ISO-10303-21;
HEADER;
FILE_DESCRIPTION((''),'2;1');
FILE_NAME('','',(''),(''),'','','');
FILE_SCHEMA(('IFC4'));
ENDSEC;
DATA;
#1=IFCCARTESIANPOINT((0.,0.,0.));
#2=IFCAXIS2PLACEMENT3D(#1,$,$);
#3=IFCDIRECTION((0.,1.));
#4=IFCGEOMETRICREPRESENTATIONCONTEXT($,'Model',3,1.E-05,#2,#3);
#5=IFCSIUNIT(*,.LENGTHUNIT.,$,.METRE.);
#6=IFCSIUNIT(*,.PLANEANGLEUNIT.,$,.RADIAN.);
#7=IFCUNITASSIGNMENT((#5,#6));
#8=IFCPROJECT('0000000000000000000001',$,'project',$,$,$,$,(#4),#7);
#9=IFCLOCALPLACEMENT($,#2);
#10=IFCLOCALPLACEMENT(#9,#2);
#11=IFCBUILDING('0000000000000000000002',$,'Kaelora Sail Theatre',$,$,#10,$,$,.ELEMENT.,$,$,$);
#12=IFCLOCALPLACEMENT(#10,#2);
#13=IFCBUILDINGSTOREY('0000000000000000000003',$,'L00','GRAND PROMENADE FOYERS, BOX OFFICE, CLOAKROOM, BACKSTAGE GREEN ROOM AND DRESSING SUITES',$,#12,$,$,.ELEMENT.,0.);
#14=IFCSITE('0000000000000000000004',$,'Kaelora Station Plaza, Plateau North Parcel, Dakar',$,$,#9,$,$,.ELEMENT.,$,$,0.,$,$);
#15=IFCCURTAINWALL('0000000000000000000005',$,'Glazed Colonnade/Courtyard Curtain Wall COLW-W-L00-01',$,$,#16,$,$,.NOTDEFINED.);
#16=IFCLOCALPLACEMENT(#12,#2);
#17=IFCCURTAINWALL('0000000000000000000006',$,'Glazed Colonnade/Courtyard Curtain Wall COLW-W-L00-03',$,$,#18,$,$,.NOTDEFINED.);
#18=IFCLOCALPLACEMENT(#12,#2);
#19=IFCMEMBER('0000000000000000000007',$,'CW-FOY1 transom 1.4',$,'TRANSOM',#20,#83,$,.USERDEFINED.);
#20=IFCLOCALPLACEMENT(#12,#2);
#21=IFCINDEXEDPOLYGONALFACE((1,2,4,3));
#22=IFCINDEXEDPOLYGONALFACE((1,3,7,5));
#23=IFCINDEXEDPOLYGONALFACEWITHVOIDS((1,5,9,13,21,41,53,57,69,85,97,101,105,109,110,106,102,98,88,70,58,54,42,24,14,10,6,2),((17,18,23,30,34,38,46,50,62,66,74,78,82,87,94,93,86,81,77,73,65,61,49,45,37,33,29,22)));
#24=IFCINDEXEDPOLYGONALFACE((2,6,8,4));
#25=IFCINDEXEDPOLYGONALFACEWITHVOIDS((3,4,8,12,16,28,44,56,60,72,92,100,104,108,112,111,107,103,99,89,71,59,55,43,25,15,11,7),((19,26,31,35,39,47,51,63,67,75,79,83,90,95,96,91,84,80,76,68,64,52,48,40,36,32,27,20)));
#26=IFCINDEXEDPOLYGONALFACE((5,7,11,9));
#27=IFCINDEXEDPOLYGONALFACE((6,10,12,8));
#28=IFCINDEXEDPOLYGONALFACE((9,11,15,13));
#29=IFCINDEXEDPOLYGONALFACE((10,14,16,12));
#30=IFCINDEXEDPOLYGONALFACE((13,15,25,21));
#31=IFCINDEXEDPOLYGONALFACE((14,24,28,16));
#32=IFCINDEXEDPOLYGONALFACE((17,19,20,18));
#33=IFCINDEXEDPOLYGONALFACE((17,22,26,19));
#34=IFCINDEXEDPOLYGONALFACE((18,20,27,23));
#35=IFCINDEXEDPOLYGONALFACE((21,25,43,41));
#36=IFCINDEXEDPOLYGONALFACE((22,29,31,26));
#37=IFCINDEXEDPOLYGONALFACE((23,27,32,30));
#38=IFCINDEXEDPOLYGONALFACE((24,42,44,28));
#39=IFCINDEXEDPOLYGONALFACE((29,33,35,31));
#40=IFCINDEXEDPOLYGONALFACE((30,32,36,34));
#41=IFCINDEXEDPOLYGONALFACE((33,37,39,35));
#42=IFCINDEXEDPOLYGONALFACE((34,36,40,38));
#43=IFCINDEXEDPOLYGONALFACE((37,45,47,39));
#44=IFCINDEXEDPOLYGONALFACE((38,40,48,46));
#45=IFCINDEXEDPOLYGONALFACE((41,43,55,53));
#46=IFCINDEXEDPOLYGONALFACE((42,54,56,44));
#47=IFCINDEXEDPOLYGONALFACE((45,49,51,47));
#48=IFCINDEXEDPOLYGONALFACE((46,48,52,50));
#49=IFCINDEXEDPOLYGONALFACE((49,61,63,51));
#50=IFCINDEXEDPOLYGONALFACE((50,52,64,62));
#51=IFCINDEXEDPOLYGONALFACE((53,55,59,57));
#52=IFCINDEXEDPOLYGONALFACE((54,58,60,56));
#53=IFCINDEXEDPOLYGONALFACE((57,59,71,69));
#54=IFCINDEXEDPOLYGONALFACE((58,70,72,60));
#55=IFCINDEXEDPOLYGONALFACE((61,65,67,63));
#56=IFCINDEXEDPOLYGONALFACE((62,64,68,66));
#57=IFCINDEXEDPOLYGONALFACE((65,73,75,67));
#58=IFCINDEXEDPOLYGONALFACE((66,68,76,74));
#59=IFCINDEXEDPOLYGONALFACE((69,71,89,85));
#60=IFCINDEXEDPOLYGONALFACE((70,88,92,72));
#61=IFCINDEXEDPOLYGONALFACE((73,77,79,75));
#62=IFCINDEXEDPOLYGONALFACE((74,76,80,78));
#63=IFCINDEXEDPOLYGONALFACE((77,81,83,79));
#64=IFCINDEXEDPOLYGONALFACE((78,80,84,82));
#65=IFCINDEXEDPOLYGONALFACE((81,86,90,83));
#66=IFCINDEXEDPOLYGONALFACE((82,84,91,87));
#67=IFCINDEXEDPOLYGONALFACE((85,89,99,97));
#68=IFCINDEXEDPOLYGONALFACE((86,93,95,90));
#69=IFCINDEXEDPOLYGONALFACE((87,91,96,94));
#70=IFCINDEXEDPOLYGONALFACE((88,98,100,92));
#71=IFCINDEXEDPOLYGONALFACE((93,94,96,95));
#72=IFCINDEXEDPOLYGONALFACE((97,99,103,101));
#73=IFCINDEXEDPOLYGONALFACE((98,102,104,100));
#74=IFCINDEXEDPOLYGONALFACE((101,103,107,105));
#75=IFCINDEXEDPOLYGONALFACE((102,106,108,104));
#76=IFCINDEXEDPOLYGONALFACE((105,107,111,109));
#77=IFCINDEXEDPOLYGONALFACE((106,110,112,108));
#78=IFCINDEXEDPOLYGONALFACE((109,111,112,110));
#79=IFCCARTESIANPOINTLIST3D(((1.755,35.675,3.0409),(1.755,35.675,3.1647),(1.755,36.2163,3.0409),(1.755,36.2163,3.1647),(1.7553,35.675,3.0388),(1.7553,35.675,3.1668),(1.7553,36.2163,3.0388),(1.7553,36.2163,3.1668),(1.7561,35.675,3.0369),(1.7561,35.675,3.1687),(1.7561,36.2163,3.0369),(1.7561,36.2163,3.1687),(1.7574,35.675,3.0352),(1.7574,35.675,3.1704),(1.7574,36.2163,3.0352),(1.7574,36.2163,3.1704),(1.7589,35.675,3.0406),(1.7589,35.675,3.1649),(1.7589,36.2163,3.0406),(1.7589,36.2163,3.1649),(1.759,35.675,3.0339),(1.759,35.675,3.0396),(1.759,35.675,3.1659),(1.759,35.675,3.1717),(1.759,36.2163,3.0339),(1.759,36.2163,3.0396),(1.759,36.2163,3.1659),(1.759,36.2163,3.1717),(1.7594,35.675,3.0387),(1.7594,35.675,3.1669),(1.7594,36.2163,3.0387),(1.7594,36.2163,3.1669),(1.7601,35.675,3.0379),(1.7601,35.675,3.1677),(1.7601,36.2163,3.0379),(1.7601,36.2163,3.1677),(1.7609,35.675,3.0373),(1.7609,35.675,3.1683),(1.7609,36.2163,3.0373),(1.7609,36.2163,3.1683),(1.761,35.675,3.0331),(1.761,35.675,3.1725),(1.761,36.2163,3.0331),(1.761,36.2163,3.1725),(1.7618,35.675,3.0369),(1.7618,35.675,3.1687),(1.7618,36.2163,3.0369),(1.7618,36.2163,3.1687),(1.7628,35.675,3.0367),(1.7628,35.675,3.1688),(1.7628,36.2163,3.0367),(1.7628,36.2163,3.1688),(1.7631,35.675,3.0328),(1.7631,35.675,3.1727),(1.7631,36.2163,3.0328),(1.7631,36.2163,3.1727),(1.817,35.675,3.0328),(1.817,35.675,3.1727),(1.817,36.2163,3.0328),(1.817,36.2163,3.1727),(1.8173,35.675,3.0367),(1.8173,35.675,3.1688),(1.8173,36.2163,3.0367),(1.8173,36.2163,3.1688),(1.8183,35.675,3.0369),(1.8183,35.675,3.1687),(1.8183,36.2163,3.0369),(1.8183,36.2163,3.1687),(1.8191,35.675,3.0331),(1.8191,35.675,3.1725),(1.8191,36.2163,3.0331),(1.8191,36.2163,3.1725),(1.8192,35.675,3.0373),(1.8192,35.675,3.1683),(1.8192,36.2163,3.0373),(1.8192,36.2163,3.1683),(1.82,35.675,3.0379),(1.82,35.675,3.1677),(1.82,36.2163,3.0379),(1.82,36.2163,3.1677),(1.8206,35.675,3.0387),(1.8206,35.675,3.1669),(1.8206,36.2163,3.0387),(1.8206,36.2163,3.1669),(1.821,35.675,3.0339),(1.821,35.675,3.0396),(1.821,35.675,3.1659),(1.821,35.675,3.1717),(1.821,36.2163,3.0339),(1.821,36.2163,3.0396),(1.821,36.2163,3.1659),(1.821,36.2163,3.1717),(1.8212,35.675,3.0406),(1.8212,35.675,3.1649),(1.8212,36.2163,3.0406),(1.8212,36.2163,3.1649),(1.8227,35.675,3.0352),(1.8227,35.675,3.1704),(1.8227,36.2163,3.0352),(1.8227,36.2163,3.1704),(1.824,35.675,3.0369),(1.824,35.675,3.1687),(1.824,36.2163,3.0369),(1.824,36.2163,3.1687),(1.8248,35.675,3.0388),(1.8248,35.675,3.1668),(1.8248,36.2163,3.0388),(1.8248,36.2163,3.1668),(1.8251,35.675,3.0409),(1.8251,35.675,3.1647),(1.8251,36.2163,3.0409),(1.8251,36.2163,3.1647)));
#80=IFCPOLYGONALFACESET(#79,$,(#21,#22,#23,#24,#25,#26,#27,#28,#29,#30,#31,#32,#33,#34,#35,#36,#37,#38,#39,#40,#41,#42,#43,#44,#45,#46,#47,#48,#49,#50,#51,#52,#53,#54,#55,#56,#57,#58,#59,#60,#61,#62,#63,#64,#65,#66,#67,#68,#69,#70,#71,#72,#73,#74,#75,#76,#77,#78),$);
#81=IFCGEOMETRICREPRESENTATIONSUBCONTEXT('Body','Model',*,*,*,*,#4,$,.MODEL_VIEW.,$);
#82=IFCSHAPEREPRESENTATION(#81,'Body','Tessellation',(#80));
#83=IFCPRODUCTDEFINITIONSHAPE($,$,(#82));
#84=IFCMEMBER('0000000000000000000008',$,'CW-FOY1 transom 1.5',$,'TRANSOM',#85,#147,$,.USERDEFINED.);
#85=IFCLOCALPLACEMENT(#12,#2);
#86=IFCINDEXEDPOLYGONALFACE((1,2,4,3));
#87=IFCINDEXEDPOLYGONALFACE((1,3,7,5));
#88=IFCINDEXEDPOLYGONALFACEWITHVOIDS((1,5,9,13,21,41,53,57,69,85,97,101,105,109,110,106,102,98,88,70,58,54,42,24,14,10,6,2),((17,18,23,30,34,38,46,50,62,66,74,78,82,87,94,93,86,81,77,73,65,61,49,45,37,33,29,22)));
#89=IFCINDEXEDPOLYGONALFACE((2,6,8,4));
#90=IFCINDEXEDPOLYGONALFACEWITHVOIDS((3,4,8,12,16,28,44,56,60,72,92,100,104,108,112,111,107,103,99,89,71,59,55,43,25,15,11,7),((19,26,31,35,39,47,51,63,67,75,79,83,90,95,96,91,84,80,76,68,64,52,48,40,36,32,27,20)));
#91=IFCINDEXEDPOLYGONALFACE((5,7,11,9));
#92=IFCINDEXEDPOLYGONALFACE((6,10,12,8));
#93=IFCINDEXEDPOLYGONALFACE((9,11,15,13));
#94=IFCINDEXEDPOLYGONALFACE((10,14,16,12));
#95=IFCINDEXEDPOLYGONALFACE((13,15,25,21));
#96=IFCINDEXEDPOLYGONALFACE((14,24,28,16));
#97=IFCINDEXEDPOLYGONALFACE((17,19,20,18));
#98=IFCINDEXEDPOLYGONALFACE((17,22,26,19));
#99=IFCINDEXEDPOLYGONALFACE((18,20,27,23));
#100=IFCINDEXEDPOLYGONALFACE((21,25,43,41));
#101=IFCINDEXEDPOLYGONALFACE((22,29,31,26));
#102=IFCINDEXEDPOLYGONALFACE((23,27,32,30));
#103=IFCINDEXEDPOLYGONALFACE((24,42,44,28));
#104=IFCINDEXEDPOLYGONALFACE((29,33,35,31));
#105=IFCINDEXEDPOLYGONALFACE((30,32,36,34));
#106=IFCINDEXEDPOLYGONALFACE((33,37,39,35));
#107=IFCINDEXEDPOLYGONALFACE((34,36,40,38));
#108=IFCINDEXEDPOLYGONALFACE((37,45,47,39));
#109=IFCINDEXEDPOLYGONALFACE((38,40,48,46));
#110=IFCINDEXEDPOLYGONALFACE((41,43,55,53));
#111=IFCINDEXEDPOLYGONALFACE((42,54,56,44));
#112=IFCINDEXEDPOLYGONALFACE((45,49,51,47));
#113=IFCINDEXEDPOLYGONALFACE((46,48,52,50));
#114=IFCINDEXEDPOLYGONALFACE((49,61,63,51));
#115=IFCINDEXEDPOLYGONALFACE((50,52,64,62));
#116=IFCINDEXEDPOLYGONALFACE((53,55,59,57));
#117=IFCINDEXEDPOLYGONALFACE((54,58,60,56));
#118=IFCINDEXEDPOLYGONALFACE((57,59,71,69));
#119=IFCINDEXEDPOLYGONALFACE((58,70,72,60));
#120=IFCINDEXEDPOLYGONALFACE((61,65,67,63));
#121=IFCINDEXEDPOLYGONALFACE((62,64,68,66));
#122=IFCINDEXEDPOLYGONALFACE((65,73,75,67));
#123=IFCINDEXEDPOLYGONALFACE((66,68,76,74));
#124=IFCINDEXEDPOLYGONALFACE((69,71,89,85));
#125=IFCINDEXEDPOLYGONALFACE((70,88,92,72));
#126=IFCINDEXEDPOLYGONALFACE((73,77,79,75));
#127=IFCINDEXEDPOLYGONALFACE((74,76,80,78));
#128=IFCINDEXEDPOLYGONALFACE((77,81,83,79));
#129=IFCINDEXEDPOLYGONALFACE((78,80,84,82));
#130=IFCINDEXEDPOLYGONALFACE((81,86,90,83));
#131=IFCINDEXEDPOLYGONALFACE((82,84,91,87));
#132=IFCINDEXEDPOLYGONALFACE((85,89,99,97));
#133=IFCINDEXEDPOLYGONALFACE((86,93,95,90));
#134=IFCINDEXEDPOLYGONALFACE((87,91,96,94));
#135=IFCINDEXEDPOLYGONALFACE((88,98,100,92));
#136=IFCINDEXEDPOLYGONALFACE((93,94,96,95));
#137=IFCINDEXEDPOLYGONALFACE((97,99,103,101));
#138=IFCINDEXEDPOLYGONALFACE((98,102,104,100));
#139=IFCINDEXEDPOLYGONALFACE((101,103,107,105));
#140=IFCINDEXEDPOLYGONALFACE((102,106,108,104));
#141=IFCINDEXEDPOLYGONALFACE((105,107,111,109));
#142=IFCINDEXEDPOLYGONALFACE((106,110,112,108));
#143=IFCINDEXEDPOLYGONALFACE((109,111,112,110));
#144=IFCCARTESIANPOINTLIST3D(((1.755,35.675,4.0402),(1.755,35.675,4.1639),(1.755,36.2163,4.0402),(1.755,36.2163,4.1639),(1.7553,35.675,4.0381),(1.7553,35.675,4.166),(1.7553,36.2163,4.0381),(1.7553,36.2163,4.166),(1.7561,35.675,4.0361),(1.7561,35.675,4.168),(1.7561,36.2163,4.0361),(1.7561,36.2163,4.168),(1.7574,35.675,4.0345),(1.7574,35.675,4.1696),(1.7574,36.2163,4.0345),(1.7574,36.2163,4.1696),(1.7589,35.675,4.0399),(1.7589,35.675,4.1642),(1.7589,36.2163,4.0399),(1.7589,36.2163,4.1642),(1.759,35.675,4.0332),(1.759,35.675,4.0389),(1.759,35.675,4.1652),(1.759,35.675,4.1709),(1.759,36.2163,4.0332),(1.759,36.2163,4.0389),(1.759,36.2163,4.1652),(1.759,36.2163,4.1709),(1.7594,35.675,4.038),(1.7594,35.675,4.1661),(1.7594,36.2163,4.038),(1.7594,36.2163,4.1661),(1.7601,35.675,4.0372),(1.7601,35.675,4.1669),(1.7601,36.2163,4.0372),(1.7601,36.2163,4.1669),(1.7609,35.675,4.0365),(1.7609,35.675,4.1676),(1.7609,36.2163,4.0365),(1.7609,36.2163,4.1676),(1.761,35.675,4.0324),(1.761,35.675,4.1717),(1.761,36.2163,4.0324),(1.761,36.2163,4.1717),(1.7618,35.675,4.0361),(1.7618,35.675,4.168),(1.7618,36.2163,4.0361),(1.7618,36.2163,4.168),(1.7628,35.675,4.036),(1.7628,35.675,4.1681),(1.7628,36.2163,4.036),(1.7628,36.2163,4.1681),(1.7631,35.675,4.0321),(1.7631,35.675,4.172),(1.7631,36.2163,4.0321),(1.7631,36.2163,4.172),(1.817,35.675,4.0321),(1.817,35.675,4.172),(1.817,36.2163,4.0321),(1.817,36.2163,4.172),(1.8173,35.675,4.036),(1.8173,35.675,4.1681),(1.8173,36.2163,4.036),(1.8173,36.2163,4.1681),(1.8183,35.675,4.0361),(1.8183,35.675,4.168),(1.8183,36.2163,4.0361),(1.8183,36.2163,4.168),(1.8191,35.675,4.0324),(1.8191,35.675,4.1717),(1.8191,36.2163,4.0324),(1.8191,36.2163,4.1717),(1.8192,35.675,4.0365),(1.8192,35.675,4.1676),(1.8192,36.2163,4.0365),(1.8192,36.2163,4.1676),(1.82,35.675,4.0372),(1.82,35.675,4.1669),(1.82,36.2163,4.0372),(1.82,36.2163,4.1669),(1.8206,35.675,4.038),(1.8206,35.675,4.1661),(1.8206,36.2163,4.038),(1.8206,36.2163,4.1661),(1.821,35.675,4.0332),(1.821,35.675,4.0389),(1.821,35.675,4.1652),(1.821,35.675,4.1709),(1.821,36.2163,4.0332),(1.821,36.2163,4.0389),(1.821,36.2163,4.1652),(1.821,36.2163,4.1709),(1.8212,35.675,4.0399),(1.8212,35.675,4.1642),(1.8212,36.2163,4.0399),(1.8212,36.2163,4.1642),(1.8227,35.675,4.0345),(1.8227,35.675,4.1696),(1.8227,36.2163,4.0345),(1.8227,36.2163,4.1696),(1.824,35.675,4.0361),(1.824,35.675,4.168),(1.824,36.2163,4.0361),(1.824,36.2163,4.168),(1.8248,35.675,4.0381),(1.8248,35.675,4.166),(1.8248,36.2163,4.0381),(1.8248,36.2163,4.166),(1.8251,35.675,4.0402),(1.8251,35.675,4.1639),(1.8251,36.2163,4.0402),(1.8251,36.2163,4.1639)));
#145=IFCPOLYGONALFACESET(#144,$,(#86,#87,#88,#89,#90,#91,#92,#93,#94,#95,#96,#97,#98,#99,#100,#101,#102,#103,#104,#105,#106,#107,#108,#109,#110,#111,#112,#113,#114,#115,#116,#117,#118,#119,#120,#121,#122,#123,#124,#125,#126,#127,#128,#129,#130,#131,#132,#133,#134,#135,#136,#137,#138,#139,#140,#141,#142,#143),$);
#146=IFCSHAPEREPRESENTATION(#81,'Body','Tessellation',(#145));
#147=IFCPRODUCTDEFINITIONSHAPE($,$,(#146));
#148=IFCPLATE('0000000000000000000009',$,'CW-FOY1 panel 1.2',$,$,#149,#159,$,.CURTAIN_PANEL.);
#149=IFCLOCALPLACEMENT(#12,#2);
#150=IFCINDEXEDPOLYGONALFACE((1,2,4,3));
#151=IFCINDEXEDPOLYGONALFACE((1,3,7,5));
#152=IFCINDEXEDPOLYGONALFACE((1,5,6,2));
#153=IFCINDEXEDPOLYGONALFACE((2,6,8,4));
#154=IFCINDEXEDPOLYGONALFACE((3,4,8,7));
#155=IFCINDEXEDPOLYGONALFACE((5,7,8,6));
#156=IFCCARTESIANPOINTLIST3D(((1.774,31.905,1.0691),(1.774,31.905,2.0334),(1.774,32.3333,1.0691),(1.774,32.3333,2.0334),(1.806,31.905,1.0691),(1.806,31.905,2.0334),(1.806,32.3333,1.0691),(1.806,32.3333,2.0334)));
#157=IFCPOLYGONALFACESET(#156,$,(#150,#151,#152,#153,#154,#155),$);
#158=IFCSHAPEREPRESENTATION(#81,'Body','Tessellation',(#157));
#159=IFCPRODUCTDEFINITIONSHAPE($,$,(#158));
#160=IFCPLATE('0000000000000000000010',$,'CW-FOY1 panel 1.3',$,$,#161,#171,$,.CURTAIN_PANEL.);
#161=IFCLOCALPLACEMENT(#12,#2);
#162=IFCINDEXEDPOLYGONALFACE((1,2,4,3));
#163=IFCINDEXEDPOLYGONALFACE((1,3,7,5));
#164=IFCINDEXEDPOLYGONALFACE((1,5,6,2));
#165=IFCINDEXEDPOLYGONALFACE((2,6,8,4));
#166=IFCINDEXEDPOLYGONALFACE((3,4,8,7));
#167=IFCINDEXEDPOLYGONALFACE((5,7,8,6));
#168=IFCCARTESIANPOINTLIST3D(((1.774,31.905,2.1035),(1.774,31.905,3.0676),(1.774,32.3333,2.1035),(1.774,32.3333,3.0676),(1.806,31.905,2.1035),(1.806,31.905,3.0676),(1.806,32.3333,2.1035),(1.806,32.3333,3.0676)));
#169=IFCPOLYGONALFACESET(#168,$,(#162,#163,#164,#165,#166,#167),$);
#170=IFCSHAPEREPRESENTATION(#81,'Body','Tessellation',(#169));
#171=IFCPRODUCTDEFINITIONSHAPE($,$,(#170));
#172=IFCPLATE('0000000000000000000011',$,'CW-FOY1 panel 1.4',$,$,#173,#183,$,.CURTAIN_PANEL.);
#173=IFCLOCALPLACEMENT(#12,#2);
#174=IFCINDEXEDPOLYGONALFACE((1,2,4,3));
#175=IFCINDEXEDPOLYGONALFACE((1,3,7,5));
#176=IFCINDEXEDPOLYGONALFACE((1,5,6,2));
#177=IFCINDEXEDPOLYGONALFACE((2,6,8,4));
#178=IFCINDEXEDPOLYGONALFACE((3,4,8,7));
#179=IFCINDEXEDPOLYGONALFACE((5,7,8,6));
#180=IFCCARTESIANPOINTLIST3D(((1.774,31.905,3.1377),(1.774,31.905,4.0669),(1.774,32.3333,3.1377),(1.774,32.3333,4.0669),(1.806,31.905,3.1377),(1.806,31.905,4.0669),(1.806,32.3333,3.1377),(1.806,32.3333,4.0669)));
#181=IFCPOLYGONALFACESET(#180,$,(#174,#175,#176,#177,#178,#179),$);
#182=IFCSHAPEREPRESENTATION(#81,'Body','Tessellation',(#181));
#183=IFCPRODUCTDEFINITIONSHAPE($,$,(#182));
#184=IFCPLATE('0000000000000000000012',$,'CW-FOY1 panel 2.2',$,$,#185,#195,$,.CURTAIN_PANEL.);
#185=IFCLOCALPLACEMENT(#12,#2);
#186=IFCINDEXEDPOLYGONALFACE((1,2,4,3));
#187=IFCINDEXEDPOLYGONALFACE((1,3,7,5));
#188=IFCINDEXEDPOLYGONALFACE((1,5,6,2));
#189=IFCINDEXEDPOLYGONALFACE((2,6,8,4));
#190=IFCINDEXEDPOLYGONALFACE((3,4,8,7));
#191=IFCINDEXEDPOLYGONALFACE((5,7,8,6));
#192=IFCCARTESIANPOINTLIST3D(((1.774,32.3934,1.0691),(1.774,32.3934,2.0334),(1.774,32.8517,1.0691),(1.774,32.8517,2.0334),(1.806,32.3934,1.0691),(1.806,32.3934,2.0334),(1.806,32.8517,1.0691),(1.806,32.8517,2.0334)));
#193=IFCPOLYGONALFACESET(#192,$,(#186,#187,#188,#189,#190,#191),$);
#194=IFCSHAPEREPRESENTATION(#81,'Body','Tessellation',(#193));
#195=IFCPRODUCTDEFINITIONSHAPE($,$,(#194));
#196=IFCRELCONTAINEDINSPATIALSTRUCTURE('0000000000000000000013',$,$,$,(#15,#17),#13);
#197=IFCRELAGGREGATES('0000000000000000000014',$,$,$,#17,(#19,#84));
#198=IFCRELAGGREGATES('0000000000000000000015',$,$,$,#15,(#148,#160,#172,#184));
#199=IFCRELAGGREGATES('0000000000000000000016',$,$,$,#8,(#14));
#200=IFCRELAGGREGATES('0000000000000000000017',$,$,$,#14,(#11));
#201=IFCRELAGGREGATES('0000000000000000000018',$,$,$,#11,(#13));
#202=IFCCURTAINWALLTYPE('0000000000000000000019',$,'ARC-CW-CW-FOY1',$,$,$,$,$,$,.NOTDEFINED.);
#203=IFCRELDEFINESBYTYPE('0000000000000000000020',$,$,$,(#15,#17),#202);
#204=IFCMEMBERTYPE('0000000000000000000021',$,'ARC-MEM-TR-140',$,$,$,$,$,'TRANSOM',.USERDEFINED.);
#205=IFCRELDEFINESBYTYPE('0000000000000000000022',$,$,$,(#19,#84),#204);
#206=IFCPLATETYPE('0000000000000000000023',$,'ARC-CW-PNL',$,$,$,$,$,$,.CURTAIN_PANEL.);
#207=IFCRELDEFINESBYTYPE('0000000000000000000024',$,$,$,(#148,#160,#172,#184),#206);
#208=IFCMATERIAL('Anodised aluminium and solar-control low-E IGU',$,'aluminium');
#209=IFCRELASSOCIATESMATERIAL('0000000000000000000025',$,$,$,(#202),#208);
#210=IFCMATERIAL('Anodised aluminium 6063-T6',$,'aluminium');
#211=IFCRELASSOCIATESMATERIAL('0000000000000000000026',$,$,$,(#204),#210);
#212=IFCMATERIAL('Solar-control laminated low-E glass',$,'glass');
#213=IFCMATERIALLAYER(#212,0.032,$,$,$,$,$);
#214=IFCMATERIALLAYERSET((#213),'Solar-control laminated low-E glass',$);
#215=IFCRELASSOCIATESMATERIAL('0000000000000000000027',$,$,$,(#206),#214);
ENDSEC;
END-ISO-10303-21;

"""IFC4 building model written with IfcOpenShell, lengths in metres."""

from ifc_helpers import new_model, si_unit, direction, frame, origin, origin_2d, place, context, subcontext, project, spatial, rectangle, hollow_rectangle, extrude, material, layer, layer_set, material_profile, profile_set, type_object, element, aggregate, save


model = new_model("IFC4")

# Units and contexts
model_context = context("Model", 3, precision=1e-05, world=origin(), true_north=direction((0.0, 1.0)))
body_context = subcontext(model_context, "Body", "Model", "MODEL_VIEW")
ifc_project = project(units=[si_unit("LENGTHUNIT", "METRE"), si_unit("PLANEANGLEUNIT", "RADIAN")], contexts=[model_context])

# Site, building, storey
site_placement = place(None, origin())
site = spatial("IfcSite", under=ifc_project, at=site_placement, Name="Kaelora Station Plaza, Plateau North Parcel, Dakar", CompositionType="ELEMENT", RefElevation=0.0)
building_placement = place(site_placement, origin())
building = spatial("IfcBuilding", under=site, at=building_placement, Name="Kaelora Sail Theatre", CompositionType="ELEMENT")
storey_placement = place(building_placement, origin())
storey = spatial("IfcBuildingStorey", under=building, at=storey_placement, Name="L00", Description="GRAND PROMENADE FOYERS, BOX OFFICE, CLOAKROOM, BACKSTAGE GREEN ROOM AND DRESSING SUITES", CompositionType="ELEMENT", Elevation=0.0)

# Curtain walls, members
ifc_material_1 = material(Name="Anodised aluminium and solar-control low-E IGU", Category="aluminium")
curtain_wall_type = type_object("IfcCurtainWallType", Name="ARC-CW-CW-FOY1", PredefinedType="NOTDEFINED", material=ifc_material_1)
curtain_wall_1_placement = place(storey_placement, origin())
curtain_wall_1 = element("IfcCurtainWall", 1, at=curtain_wall_1_placement, inside=storey, type_object=curtain_wall_type, Name="Glazed Colonnade/Courtyard Curtain Wall COLW-W-L00-01", PredefinedType="NOTDEFINED")
ifc_material_2 = material(Name="Anodised aluminium 6063-T6", Category="aluminium")
ifc_material_profile = material_profile(ifc_material_2, hollow_rectangle(XDim=0.0701, YDim=0.1399, WallThickness=0.0039, InnerFilletRadius=0.0039, OuterFilletRadius=0.0081, at=origin_2d()), Name="ALU-TRAN 70x140x4")
ifc_profile_set = profile_set([ifc_material_profile], Name="Anodised aluminium 6063-T6")
member_type = type_object("IfcMemberType", Name="ARC-MEM-TR-140", ElementType="TRANSOM", PredefinedType="USERDEFINED", material=ifc_profile_set)
curtain_wall_2_placement = place(storey_placement, origin())
curtain_wall_2 = element("IfcCurtainWall", 2, at=curtain_wall_2_placement, inside=storey, type_object=curtain_wall_type, Name="Glazed Colonnade/Courtyard Curtain Wall COLW-W-L00-03", PredefinedType="NOTDEFINED")
member_1_placement = place(storey_placement, frame((1.79, 35.675, 3.1028), z_axis=(0.0, 1.0, 0.0), x_axis=(-1.0, 0.0, 0.0)))
member_1 = element("IfcMember", 3, at=member_1_placement, type_object=member_type, Name="CW-FOY1 transom 1.4", ObjectType="TRANSOM", PredefinedType="USERDEFINED", context=body_context, shape_type="SweptSolid", body=[
    extrude(hollow_rectangle(XDim=0.0701, YDim=0.1399, WallThickness=0.0039, InnerFilletRadius=0.0039, OuterFilletRadius=0.0081, at=origin_2d()), origin(), (0.0, 0.0, 1.0), 0.5413),
])
member_2_placement = place(storey_placement, frame((1.79, 35.675, 4.1021), z_axis=(0.0, 1.0, 0.0), x_axis=(-1.0, 0.0, 0.0)))
member_2 = element("IfcMember", 4, at=member_2_placement, type_object=member_type, Name="CW-FOY1 transom 1.5", ObjectType="TRANSOM", PredefinedType="USERDEFINED", context=body_context, shape_type="SweptSolid", body=[
    extrude(hollow_rectangle(XDim=0.0701, YDim=0.1399, WallThickness=0.0039, InnerFilletRadius=0.0039, OuterFilletRadius=0.0081, at=origin_2d()), origin(), (0.0, 0.0, 1.0), 0.5413),
])
aggregate(curtain_wall_2, [member_1, member_2])

# Plates
ifc_material_3 = material(Name="Solar-control laminated low-E glass", Category="glass")
ifc_layer = layer(ifc_material_3, 0.032)
ifc_layer_set = layer_set([ifc_layer], Name="Solar-control laminated low-E glass")
plate_type = type_object("IfcPlateType", Name="ARC-CW-PNL", PredefinedType="CURTAIN_PANEL", material=ifc_layer_set)
plate_1_placement = place(storey_placement, frame((1.79, 32.1191, 1.0691), z_axis=(0.0, 0.0, 1.0), x_axis=(0.0, 1.0, 0.0)))
plate_1 = element("IfcPlate", 5, at=plate_1_placement, type_object=plate_type, Name="CW-FOY1 panel 1.2", PredefinedType="CURTAIN_PANEL", context=body_context, shape_type="SweptSolid", body=[
    extrude(rectangle(XDim=0.4282, YDim=0.032, at=origin_2d()), origin(), (0.0, 0.0, 1.0), 0.9644),
])
plate_2_placement = place(storey_placement, frame((1.79, 32.1191, 2.1035), z_axis=(0.0, 0.0, 1.0), x_axis=(0.0, 1.0, 0.0)))
plate_2 = element("IfcPlate", 6, at=plate_2_placement, type_object=plate_type, Name="CW-FOY1 panel 1.3", PredefinedType="CURTAIN_PANEL", context=body_context, shape_type="SweptSolid", body=[
    extrude(rectangle(XDim=0.4282, YDim=0.032, at=origin_2d()), origin(), (0.0, 0.0, 1.0), 0.9641),
])
plate_3_placement = place(storey_placement, frame((1.79, 32.1191, 3.1377), z_axis=(0.0, 0.0, 1.0), x_axis=(0.0, 1.0, 0.0)))
plate_3 = element("IfcPlate", 7, at=plate_3_placement, type_object=plate_type, Name="CW-FOY1 panel 1.4", PredefinedType="CURTAIN_PANEL", context=body_context, shape_type="SweptSolid", body=[
    extrude(rectangle(XDim=0.4282, YDim=0.032, at=origin_2d()), origin(), (0.0, 0.0, 1.0), 0.9292),
])
plate_4_placement = place(storey_placement, frame((1.79, 32.6226, 1.0691), z_axis=(0.0, 0.0, 1.0), x_axis=(0.0, 1.0, 0.0)))
plate_4 = element("IfcPlate", 8, at=plate_4_placement, type_object=plate_type, Name="CW-FOY1 panel 2.2", PredefinedType="CURTAIN_PANEL", context=body_context, shape_type="SweptSolid", body=[
    extrude(rectangle(XDim=0.4583, YDim=0.032, at=origin_2d()), origin(), (0.0, 0.0, 1.0), 0.9644),
])
aggregate(curtain_wall_1, [plate_1, plate_2, plate_3, plate_4])

save(model, "model.ifc")
